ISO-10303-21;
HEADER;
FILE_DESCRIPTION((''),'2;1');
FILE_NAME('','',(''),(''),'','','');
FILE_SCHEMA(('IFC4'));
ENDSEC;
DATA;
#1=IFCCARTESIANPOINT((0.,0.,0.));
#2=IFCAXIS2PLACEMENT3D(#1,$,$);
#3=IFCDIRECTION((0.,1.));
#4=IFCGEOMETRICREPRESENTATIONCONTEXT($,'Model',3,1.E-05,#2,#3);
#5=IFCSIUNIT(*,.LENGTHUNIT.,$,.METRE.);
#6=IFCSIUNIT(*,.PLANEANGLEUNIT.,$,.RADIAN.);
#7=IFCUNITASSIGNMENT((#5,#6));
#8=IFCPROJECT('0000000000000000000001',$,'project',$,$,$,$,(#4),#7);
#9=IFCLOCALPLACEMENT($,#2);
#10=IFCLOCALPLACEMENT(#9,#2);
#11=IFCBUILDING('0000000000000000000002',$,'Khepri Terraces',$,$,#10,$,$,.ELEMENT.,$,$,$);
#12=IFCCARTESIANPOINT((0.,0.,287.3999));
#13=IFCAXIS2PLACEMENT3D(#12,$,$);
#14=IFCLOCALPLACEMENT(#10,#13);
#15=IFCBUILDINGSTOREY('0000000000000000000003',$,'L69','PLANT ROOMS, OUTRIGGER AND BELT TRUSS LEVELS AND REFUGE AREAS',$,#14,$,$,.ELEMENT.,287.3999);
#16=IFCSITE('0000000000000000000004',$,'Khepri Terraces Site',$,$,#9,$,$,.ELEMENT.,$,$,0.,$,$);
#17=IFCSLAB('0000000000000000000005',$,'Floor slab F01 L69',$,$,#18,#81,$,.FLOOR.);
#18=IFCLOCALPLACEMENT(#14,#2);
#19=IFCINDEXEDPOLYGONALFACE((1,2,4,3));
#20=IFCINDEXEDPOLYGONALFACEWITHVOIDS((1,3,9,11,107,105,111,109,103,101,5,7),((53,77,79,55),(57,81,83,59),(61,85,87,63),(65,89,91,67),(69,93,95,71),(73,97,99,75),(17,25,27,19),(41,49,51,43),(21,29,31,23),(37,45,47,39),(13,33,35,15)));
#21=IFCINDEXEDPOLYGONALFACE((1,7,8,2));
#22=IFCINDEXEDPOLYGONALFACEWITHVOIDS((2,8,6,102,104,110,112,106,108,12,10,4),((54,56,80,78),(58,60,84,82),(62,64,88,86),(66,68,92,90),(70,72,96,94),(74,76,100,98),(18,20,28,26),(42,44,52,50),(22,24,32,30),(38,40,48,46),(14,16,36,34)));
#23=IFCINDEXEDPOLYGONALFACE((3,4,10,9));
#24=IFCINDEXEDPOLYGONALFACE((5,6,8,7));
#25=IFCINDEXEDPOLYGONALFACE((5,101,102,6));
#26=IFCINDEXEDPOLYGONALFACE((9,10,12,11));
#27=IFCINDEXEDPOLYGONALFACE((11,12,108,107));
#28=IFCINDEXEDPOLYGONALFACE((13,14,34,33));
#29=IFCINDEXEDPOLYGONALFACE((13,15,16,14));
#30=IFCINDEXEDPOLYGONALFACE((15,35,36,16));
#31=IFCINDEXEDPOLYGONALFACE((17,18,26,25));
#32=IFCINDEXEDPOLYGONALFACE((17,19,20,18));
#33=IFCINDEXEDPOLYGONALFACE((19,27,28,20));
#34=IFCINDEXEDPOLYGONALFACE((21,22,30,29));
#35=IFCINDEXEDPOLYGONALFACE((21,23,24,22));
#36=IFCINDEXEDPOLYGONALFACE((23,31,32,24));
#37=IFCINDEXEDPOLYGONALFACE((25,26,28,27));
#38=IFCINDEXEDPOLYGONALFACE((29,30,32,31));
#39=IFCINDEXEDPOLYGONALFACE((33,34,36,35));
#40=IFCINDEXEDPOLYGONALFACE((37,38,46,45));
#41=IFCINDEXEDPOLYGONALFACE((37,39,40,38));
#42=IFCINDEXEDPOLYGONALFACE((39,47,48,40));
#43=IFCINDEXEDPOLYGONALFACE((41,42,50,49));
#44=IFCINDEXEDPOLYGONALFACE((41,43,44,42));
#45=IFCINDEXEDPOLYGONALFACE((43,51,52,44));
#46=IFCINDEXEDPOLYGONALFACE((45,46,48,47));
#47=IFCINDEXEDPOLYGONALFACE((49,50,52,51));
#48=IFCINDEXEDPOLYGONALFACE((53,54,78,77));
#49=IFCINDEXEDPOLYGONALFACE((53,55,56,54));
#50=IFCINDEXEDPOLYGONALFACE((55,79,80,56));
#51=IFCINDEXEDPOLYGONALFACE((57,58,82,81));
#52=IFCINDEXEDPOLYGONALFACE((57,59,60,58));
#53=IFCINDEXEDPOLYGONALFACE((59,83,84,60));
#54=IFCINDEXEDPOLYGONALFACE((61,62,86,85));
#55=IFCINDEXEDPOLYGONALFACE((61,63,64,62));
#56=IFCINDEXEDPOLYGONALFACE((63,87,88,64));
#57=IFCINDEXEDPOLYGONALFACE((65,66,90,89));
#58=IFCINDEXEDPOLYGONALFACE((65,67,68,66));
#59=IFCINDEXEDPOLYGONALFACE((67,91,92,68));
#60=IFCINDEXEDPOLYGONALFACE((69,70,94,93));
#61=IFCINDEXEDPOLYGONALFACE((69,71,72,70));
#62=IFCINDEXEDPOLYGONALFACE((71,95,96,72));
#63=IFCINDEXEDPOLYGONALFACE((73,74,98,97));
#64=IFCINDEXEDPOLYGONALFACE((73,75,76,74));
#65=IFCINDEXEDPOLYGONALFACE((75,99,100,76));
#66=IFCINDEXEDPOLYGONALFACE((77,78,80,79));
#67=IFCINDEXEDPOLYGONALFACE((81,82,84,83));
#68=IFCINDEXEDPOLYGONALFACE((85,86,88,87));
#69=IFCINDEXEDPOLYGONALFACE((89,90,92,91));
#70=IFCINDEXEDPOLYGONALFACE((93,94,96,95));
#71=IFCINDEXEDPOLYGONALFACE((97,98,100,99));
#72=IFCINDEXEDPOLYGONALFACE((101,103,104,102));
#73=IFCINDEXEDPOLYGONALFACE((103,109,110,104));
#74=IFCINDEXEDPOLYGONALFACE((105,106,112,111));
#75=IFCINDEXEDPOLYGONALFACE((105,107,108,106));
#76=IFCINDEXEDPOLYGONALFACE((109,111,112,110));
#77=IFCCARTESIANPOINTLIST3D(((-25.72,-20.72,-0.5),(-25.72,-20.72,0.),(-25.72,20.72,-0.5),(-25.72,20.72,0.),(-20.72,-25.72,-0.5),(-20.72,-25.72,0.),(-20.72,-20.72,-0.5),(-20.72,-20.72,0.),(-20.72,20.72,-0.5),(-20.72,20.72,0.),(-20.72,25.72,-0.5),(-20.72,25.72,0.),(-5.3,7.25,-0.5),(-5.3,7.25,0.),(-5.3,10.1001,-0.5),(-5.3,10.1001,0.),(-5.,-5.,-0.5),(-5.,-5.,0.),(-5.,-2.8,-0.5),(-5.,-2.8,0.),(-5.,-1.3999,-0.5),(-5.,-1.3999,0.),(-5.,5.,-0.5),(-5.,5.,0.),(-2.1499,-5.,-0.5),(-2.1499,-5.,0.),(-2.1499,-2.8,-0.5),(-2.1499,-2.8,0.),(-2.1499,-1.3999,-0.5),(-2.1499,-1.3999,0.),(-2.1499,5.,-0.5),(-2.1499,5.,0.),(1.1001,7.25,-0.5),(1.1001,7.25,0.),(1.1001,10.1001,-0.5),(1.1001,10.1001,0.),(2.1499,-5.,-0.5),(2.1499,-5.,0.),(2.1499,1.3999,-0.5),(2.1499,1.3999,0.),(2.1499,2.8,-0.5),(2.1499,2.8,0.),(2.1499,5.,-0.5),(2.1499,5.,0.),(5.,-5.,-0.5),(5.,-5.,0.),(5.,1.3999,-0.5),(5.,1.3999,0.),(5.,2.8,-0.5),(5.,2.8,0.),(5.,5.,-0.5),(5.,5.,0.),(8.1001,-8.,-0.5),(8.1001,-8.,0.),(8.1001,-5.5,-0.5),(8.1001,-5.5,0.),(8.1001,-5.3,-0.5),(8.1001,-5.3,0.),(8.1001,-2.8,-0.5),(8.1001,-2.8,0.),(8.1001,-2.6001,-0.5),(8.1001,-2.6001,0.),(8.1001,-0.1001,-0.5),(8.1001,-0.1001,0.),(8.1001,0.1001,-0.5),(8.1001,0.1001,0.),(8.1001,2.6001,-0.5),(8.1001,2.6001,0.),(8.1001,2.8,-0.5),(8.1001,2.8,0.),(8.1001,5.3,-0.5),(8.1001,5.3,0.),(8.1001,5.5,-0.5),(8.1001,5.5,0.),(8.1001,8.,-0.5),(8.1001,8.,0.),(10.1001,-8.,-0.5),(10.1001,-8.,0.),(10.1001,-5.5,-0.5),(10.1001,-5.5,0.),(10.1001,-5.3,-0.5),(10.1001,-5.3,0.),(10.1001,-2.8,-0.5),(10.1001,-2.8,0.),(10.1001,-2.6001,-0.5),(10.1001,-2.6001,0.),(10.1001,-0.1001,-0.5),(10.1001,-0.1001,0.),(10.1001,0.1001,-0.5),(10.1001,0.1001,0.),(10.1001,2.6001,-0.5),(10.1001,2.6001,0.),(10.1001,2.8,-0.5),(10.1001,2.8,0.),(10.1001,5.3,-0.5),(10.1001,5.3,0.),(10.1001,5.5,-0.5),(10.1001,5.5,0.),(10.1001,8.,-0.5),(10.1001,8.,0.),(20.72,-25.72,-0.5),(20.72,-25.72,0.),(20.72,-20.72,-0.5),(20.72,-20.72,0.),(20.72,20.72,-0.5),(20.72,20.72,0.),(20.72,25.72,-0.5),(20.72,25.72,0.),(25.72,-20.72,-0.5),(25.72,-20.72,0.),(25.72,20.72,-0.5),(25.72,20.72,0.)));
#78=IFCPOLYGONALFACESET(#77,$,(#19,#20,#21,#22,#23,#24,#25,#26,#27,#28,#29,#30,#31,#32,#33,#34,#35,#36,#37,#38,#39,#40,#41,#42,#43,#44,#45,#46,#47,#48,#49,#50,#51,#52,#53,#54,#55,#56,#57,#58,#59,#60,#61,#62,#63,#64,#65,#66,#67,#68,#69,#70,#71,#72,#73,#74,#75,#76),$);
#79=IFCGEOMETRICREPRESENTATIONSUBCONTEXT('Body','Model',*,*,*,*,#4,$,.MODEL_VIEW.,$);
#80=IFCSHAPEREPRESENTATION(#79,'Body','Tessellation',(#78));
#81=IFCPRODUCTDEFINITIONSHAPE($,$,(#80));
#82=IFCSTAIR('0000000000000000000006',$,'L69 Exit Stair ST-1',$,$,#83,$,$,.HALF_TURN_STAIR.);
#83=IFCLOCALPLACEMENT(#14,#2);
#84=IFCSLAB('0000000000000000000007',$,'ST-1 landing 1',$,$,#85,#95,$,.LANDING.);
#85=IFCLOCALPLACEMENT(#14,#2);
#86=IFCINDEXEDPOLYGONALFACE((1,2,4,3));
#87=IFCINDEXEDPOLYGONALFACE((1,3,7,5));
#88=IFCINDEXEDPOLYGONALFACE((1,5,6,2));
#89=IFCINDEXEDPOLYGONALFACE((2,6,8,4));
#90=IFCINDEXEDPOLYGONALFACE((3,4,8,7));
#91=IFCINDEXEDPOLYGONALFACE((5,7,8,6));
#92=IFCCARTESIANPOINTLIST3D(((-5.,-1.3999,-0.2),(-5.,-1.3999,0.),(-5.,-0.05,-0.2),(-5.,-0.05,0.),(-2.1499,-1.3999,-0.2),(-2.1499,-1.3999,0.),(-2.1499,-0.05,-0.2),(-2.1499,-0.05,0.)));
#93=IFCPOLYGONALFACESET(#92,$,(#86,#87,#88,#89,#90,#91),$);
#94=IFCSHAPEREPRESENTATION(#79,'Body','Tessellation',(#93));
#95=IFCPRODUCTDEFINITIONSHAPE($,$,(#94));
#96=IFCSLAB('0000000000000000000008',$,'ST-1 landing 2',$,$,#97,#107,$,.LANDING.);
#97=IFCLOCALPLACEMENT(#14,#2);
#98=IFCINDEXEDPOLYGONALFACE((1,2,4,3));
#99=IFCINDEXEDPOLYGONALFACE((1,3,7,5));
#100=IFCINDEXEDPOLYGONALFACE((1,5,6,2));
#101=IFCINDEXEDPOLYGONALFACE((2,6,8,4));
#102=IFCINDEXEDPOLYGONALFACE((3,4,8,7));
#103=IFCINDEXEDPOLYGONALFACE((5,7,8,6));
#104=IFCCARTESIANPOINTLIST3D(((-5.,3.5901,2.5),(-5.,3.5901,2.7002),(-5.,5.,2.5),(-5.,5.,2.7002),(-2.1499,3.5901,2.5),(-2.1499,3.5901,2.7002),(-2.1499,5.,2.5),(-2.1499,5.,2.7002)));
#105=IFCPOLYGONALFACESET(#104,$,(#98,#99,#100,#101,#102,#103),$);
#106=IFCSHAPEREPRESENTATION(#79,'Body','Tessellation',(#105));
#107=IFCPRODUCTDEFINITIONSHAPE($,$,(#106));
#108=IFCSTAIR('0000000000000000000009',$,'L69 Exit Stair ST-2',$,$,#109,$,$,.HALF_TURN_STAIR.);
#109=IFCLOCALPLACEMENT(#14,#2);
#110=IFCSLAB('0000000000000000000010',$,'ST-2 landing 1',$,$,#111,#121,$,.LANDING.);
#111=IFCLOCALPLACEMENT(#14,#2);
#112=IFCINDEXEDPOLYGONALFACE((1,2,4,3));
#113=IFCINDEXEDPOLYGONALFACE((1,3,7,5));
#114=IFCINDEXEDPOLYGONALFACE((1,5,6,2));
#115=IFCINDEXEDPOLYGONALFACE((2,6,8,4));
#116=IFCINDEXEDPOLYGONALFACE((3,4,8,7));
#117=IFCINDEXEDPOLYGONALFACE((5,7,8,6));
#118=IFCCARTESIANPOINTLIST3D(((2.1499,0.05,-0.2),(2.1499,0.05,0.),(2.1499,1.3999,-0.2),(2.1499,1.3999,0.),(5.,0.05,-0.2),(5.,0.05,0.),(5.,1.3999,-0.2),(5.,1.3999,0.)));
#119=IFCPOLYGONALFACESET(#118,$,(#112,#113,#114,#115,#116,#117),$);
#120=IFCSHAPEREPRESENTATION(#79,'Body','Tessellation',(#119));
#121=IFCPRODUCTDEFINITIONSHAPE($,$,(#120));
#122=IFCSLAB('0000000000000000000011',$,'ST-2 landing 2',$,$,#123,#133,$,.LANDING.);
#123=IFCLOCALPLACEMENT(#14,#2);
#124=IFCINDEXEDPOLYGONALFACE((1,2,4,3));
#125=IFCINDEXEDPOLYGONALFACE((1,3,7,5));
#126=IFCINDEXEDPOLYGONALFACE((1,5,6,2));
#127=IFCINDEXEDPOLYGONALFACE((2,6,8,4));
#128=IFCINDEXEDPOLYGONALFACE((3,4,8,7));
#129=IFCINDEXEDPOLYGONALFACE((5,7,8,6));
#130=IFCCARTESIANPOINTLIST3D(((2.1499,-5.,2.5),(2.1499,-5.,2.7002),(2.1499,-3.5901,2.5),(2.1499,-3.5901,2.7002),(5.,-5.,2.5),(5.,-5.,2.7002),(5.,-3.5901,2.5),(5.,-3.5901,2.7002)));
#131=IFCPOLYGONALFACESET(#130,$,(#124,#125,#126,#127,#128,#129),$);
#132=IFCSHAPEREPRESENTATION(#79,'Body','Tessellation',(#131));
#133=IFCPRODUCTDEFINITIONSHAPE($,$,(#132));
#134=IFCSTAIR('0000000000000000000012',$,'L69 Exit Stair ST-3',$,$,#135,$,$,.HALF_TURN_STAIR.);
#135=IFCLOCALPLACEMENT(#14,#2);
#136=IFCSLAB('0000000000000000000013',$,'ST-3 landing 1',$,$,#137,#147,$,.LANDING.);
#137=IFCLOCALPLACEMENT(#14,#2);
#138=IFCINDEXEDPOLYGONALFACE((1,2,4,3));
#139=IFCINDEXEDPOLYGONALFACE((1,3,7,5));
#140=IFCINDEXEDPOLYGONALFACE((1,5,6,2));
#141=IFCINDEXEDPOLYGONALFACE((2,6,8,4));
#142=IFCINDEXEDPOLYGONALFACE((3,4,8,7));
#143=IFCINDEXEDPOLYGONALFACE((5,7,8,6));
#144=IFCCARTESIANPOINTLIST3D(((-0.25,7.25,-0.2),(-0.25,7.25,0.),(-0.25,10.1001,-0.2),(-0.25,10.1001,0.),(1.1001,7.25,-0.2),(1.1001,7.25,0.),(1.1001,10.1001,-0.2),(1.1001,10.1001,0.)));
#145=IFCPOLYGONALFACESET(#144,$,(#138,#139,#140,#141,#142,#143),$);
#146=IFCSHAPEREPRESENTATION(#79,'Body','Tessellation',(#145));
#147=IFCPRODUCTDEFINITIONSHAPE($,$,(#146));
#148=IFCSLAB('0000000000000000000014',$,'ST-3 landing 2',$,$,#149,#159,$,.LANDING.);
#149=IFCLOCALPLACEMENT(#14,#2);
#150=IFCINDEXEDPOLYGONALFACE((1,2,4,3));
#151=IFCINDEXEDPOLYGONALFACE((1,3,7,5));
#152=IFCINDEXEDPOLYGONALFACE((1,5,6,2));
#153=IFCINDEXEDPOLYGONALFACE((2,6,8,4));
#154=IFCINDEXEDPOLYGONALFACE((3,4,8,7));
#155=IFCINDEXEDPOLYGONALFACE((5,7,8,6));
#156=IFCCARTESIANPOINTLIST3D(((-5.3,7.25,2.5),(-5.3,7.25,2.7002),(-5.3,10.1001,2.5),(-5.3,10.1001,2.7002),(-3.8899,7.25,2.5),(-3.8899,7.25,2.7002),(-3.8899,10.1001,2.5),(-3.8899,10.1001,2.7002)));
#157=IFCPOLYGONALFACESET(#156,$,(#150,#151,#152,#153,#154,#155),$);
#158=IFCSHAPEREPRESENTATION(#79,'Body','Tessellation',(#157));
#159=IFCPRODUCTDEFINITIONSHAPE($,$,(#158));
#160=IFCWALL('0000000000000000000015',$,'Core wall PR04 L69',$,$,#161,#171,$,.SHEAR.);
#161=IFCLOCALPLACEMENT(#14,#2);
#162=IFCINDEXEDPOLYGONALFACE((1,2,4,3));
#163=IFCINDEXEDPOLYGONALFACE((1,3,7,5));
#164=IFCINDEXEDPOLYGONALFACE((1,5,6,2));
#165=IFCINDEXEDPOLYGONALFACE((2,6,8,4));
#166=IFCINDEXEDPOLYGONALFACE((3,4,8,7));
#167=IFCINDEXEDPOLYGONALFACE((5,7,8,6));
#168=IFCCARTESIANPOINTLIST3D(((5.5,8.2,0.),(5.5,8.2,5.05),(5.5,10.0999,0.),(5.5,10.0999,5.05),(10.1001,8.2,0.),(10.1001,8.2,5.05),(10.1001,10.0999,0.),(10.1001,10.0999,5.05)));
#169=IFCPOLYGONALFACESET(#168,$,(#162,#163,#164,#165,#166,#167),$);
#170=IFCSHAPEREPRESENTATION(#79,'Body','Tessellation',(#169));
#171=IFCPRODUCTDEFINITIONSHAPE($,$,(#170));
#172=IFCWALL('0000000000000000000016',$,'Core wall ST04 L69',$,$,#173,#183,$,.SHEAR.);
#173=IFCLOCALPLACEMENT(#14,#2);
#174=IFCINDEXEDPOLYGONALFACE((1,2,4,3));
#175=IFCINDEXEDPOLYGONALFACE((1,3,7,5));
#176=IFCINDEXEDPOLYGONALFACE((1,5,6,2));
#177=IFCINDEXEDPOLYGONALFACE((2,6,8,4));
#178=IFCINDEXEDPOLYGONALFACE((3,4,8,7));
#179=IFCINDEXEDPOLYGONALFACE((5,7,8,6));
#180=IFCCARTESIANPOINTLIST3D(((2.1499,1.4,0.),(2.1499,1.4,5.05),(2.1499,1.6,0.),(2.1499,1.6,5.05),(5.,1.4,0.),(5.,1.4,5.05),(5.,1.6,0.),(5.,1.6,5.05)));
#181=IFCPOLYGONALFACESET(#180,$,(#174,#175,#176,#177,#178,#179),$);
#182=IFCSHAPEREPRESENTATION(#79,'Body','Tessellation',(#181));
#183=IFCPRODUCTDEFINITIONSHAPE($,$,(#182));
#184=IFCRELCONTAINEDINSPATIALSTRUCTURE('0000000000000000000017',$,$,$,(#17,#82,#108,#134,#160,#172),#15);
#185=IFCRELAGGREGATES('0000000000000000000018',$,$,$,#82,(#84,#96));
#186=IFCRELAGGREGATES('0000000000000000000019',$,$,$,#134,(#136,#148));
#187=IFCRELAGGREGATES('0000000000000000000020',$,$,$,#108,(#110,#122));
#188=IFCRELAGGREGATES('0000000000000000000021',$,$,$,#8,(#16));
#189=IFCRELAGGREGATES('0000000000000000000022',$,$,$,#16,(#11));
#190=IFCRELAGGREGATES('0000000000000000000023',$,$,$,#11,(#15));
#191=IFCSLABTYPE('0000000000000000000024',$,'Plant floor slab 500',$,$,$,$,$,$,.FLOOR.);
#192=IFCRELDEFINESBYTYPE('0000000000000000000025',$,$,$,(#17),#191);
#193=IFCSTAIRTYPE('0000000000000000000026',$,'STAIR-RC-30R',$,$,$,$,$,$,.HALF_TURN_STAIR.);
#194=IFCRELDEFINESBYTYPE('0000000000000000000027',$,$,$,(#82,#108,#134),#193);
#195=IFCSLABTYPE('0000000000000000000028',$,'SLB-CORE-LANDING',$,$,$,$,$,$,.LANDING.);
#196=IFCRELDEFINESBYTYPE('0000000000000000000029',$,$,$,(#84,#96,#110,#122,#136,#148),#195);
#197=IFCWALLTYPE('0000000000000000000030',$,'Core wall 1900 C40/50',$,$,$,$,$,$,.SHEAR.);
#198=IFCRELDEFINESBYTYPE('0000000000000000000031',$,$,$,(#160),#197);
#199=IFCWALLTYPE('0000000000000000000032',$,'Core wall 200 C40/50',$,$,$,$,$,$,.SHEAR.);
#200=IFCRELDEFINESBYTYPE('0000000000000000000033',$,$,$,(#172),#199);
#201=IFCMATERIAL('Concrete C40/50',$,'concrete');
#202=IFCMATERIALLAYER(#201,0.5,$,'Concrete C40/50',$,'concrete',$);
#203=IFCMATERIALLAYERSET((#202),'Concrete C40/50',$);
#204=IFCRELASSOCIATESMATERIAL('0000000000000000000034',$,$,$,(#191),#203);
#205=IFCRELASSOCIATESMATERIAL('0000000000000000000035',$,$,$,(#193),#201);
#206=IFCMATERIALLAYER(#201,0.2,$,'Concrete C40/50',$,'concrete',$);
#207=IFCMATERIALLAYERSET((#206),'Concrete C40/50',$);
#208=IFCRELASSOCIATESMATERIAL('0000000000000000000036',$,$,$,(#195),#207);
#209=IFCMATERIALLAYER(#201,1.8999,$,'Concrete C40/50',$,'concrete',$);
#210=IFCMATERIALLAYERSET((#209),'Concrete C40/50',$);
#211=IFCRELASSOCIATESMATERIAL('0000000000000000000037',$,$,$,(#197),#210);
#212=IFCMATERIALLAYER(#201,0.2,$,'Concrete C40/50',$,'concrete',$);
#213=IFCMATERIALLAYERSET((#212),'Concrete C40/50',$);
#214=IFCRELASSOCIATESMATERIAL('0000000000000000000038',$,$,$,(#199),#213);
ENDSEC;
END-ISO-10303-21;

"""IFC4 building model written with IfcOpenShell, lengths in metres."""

from ifc_helpers import new_model, si_unit, direction, frame, frame_2d, origin, place, context, subcontext, project, spatial, polyline, rectangle, outline, extrude, material, layer, layer_set, type_object, element, aggregate, save


model = new_model("IFC4")

# Units and contexts
model_context = context("Model", 3, precision=1e-05, world=origin(), true_north=direction((0.0, 1.0)))
body_context = subcontext(model_context, "Body", "Model", "MODEL_VIEW")
ifc_project = project(units=[si_unit("LENGTHUNIT", "METRE"), si_unit("PLANEANGLEUNIT", "RADIAN")], contexts=[model_context])

# Site, building, storey
site_placement = place(None, origin())
site = spatial("IfcSite", under=ifc_project, at=site_placement, Name="Khepri Terraces Site", CompositionType="ELEMENT", RefElevation=0.0)
building_placement = place(site_placement, origin())
building = spatial("IfcBuilding", under=site, at=building_placement, Name="Khepri Terraces", CompositionType="ELEMENT")
storey_placement = place(building_placement, frame((0.0, 0.0, 287.3999)))
storey = spatial("IfcBuildingStorey", under=building, at=storey_placement, Name="L69", Description="PLANT ROOMS, OUTRIGGER AND BELT TRUSS LEVELS AND REFUGE AREAS", CompositionType="ELEMENT", Elevation=287.3999)

# Slab
ifc_material_1 = material(Name="Concrete C40/50", Category="concrete")
ifc_layer_1 = layer(ifc_material_1, 0.5, Name="Concrete C40/50", Category="concrete")
ifc_layer_set_1 = layer_set([ifc_layer_1], Name="Concrete C40/50")
slab_type_1 = type_object("IfcSlabType", Name="Plant floor slab 500", PredefinedType="FLOOR", material=ifc_layer_set_1)
slab_1_placement = place(storey_placement, frame((0.0, 0.0, -0.5)))
element("IfcSlab", 1, at=slab_1_placement, inside=storey, type_object=slab_type_1, Name="Floor slab F01 L69", PredefinedType="FLOOR", context=body_context, shape_type="SweptSolid", body=[
    extrude(outline(polyline([(25.72, 20.72), (25.72, -20.72), (20.72, -20.72), (20.72, -25.72), (-20.72, -25.72), (-20.72, -20.72), (-25.72, -20.72), (-25.72, 20.72), (-20.72, 20.72), (-20.72, 25.72), (20.72, 25.72), (20.72, 20.72), (25.72, 20.72)]), holes=[polyline([(2.1499, 2.8), (5.0, 2.8), (5.0, 5.0), (2.1499, 5.0), (2.1499, 2.8)]), polyline([(-5.0, -2.8), (-5.0, -5.0), (-2.1499, -5.0), (-2.1499, -2.8), (-5.0, -2.8)]), polyline([(10.1001, -5.5), (8.1001, -5.5), (8.1001, -8.0), (10.1001, -8.0), (10.1001, -5.5)]), polyline([(10.1001, -5.3), (10.1001, -2.8), (8.1001, -2.8), (8.1001, -5.3), (10.1001, -5.3)]), polyline([(8.1001, -2.6001), (10.1001, -2.6001), (10.1001, -0.1001), (8.1001, -0.1001), (8.1001, -2.6001)]), polyline([(8.1001, 2.6001), (8.1001, 0.1001), (10.1001, 0.1001), (10.1001, 2.6001), (8.1001, 2.6001)]), polyline([(10.1001, 5.3), (8.1001, 5.3), (8.1001, 2.8), (10.1001, 2.8), (10.1001, 5.3)]), polyline([(10.1001, 5.5), (10.1001, 8.0), (8.1001, 8.0), (8.1001, 5.5), (10.1001, 5.5)]), polyline([(-5.0, -1.3999), (-2.1499, -1.3999), (-2.1499, 5.0), (-5.0, 5.0), (-5.0, -1.3999)]), polyline([(5.0, -5.0), (5.0, 1.3999), (2.1499, 1.3999), (2.1499, -5.0), (5.0, -5.0)]), polyline([(-5.3, 10.1001), (-5.3, 7.25), (1.1001, 7.25), (1.1001, 10.1001), (-5.3, 10.1001)])]), origin(), (0.0, 0.0, 1.0), 0.5),
])

# Stairs, slabs
stair_type = type_object("IfcStairType", Name="STAIR-RC-30R", PredefinedType="HALF_TURN_STAIR", material=ifc_material_1)
stair_1_placement = place(storey_placement, origin())
stair_1 = element("IfcStair", 2, at=stair_1_placement, inside=storey, type_object=stair_type, Name="L69 Exit Stair ST-1", PredefinedType="HALF_TURN_STAIR")
ifc_layer_2 = layer(ifc_material_1, 0.2, Name="Concrete C40/50", Category="concrete")
ifc_layer_set_2 = layer_set([ifc_layer_2], Name="Concrete C40/50")
slab_type_2 = type_object("IfcSlabType", Name="SLB-CORE-LANDING", PredefinedType="LANDING", material=ifc_layer_set_2)
slab_2_placement = place(storey_placement, frame((0.0, 0.0, -0.2)))
slab_2 = element("IfcSlab", 3, at=slab_2_placement, type_object=slab_type_2, Name="ST-1 landing 1", PredefinedType="LANDING", context=body_context, shape_type="SweptSolid", body=[
    extrude(outline(polyline([(-2.1499, -1.3999), (-2.1499, -0.05), (-5.0, -0.05), (-5.0, -1.3999), (-2.1499, -1.3999)])), origin(), (0.0, 0.0, 1.0), 0.2),
])
slab_3_placement = place(storey_placement, frame((0.0, 0.0, 2.5)))
slab_3 = element("IfcSlab", 4, at=slab_3_placement, type_object=slab_type_2, Name="ST-1 landing 2", PredefinedType="LANDING", context=body_context, shape_type="SweptSolid", body=[
    extrude(outline(polyline([(-2.1499, 3.5901), (-2.1499, 5.0), (-5.0, 5.0), (-5.0, 3.5901), (-2.1499, 3.5901)])), origin(), (0.0, 0.0, 1.0), 0.2002),
])
aggregate(stair_1, [slab_2, slab_3])
stair_2_placement = place(storey_placement, origin())
stair_2 = element("IfcStair", 5, at=stair_2_placement, inside=storey, type_object=stair_type, Name="L69 Exit Stair ST-2", PredefinedType="HALF_TURN_STAIR")
slab_4_placement = place(storey_placement, frame((0.0, 0.0, -0.2)))
slab_4 = element("IfcSlab", 6, at=slab_4_placement, type_object=slab_type_2, Name="ST-2 landing 1", PredefinedType="LANDING", context=body_context, shape_type="SweptSolid", body=[
    extrude(outline(polyline([(2.1499, 1.3999), (2.1499, 0.05), (5.0, 0.05), (5.0, 1.3999), (2.1499, 1.3999)])), origin(), (0.0, 0.0, 1.0), 0.2),
])
slab_5_placement = place(storey_placement, frame((0.0, 0.0, 2.5)))
slab_5 = element("IfcSlab", 7, at=slab_5_placement, type_object=slab_type_2, Name="ST-2 landing 2", PredefinedType="LANDING", context=body_context, shape_type="SweptSolid", body=[
    extrude(outline(polyline([(2.1499, -3.5901), (2.1499, -5.0), (5.0, -5.0), (5.0, -3.5901), (2.1499, -3.5901)])), origin(), (0.0, 0.0, 1.0), 0.2002),
])
stair_3_placement = place(storey_placement, origin())
stair_3 = element("IfcStair", 8, at=stair_3_placement, inside=storey, type_object=stair_type, Name="L69 Exit Stair ST-3", PredefinedType="HALF_TURN_STAIR")
slab_6_placement = place(storey_placement, frame((0.0, 0.0, -0.2)))
slab_6 = element("IfcSlab", 9, at=slab_6_placement, type_object=slab_type_2, Name="ST-3 landing 1", PredefinedType="LANDING", context=body_context, shape_type="SweptSolid", body=[
    extrude(outline(polyline([(1.1001, 10.1001), (-0.25, 10.1001), (-0.25, 7.25), (1.1001, 7.25), (1.1001, 10.1001)])), origin(), (0.0, 0.0, 1.0), 0.2),
])
slab_7_placement = place(storey_placement, frame((0.0, 0.0, 2.5)))
slab_7 = element("IfcSlab", 10, at=slab_7_placement, type_object=slab_type_2, Name="ST-3 landing 2", PredefinedType="LANDING", context=body_context, shape_type="SweptSolid", body=[
    extrude(outline(polyline([(-3.8899, 10.1001), (-5.3, 10.1001), (-5.3, 7.25), (-3.8899, 7.25), (-3.8899, 10.1001)])), origin(), (0.0, 0.0, 1.0), 0.2002),
])
aggregate(stair_3, [slab_6, slab_7])

# Walls
ifc_layer_3 = layer(ifc_material_1, 1.8999, Name="Concrete C40/50", Category="concrete")
ifc_layer_set_3 = layer_set([ifc_layer_3], Name="Concrete C40/50")
wall_type_1 = type_object("IfcWallType", Name="Core wall 1900 C40/50", PredefinedType="SHEAR", material=ifc_layer_set_3)
wall_1_placement = place(storey_placement, frame((5.5, 9.1499, 0.0), z_axis=(0.0, 0.0, 1.0), x_axis=(1.0, 0.0, 0.0)))
element("IfcWall", 11, at=wall_1_placement, inside=storey, type_object=wall_type_1, Name="Core wall PR04 L69", PredefinedType="SHEAR", context=body_context, shape_type="SweptSolid", body=[
    extrude(rectangle(XDim=4.6001, YDim=1.8999, at=frame_2d((2.3, 0.0))), origin(), (0.0, 0.0, 1.0), 5.05),
])
ifc_layer_4 = layer(ifc_material_1, 0.2, Name="Concrete C40/50", Category="concrete")
ifc_layer_set_4 = layer_set([ifc_layer_4], Name="Concrete C40/50")
wall_type_2 = type_object("IfcWallType", Name="Core wall 200 C40/50", PredefinedType="SHEAR", material=ifc_layer_set_4)
wall_2_placement = place(storey_placement, frame((2.1499, 1.5, 0.0), z_axis=(0.0, 0.0, 1.0), x_axis=(1.0, 0.0, 0.0)))
element("IfcWall", 12, at=wall_2_placement, inside=storey, type_object=wall_type_2, Name="Core wall ST04 L69", PredefinedType="SHEAR", context=body_context, shape_type="SweptSolid", body=[
    extrude(rectangle(XDim=2.8501, YDim=0.2, at=frame_2d((1.425, 0.0))), origin(), (0.0, 0.0, 1.0), 5.05),
])

aggregate(stair_2, [slab_4, slab_5])

save(model, "model.ifc")
